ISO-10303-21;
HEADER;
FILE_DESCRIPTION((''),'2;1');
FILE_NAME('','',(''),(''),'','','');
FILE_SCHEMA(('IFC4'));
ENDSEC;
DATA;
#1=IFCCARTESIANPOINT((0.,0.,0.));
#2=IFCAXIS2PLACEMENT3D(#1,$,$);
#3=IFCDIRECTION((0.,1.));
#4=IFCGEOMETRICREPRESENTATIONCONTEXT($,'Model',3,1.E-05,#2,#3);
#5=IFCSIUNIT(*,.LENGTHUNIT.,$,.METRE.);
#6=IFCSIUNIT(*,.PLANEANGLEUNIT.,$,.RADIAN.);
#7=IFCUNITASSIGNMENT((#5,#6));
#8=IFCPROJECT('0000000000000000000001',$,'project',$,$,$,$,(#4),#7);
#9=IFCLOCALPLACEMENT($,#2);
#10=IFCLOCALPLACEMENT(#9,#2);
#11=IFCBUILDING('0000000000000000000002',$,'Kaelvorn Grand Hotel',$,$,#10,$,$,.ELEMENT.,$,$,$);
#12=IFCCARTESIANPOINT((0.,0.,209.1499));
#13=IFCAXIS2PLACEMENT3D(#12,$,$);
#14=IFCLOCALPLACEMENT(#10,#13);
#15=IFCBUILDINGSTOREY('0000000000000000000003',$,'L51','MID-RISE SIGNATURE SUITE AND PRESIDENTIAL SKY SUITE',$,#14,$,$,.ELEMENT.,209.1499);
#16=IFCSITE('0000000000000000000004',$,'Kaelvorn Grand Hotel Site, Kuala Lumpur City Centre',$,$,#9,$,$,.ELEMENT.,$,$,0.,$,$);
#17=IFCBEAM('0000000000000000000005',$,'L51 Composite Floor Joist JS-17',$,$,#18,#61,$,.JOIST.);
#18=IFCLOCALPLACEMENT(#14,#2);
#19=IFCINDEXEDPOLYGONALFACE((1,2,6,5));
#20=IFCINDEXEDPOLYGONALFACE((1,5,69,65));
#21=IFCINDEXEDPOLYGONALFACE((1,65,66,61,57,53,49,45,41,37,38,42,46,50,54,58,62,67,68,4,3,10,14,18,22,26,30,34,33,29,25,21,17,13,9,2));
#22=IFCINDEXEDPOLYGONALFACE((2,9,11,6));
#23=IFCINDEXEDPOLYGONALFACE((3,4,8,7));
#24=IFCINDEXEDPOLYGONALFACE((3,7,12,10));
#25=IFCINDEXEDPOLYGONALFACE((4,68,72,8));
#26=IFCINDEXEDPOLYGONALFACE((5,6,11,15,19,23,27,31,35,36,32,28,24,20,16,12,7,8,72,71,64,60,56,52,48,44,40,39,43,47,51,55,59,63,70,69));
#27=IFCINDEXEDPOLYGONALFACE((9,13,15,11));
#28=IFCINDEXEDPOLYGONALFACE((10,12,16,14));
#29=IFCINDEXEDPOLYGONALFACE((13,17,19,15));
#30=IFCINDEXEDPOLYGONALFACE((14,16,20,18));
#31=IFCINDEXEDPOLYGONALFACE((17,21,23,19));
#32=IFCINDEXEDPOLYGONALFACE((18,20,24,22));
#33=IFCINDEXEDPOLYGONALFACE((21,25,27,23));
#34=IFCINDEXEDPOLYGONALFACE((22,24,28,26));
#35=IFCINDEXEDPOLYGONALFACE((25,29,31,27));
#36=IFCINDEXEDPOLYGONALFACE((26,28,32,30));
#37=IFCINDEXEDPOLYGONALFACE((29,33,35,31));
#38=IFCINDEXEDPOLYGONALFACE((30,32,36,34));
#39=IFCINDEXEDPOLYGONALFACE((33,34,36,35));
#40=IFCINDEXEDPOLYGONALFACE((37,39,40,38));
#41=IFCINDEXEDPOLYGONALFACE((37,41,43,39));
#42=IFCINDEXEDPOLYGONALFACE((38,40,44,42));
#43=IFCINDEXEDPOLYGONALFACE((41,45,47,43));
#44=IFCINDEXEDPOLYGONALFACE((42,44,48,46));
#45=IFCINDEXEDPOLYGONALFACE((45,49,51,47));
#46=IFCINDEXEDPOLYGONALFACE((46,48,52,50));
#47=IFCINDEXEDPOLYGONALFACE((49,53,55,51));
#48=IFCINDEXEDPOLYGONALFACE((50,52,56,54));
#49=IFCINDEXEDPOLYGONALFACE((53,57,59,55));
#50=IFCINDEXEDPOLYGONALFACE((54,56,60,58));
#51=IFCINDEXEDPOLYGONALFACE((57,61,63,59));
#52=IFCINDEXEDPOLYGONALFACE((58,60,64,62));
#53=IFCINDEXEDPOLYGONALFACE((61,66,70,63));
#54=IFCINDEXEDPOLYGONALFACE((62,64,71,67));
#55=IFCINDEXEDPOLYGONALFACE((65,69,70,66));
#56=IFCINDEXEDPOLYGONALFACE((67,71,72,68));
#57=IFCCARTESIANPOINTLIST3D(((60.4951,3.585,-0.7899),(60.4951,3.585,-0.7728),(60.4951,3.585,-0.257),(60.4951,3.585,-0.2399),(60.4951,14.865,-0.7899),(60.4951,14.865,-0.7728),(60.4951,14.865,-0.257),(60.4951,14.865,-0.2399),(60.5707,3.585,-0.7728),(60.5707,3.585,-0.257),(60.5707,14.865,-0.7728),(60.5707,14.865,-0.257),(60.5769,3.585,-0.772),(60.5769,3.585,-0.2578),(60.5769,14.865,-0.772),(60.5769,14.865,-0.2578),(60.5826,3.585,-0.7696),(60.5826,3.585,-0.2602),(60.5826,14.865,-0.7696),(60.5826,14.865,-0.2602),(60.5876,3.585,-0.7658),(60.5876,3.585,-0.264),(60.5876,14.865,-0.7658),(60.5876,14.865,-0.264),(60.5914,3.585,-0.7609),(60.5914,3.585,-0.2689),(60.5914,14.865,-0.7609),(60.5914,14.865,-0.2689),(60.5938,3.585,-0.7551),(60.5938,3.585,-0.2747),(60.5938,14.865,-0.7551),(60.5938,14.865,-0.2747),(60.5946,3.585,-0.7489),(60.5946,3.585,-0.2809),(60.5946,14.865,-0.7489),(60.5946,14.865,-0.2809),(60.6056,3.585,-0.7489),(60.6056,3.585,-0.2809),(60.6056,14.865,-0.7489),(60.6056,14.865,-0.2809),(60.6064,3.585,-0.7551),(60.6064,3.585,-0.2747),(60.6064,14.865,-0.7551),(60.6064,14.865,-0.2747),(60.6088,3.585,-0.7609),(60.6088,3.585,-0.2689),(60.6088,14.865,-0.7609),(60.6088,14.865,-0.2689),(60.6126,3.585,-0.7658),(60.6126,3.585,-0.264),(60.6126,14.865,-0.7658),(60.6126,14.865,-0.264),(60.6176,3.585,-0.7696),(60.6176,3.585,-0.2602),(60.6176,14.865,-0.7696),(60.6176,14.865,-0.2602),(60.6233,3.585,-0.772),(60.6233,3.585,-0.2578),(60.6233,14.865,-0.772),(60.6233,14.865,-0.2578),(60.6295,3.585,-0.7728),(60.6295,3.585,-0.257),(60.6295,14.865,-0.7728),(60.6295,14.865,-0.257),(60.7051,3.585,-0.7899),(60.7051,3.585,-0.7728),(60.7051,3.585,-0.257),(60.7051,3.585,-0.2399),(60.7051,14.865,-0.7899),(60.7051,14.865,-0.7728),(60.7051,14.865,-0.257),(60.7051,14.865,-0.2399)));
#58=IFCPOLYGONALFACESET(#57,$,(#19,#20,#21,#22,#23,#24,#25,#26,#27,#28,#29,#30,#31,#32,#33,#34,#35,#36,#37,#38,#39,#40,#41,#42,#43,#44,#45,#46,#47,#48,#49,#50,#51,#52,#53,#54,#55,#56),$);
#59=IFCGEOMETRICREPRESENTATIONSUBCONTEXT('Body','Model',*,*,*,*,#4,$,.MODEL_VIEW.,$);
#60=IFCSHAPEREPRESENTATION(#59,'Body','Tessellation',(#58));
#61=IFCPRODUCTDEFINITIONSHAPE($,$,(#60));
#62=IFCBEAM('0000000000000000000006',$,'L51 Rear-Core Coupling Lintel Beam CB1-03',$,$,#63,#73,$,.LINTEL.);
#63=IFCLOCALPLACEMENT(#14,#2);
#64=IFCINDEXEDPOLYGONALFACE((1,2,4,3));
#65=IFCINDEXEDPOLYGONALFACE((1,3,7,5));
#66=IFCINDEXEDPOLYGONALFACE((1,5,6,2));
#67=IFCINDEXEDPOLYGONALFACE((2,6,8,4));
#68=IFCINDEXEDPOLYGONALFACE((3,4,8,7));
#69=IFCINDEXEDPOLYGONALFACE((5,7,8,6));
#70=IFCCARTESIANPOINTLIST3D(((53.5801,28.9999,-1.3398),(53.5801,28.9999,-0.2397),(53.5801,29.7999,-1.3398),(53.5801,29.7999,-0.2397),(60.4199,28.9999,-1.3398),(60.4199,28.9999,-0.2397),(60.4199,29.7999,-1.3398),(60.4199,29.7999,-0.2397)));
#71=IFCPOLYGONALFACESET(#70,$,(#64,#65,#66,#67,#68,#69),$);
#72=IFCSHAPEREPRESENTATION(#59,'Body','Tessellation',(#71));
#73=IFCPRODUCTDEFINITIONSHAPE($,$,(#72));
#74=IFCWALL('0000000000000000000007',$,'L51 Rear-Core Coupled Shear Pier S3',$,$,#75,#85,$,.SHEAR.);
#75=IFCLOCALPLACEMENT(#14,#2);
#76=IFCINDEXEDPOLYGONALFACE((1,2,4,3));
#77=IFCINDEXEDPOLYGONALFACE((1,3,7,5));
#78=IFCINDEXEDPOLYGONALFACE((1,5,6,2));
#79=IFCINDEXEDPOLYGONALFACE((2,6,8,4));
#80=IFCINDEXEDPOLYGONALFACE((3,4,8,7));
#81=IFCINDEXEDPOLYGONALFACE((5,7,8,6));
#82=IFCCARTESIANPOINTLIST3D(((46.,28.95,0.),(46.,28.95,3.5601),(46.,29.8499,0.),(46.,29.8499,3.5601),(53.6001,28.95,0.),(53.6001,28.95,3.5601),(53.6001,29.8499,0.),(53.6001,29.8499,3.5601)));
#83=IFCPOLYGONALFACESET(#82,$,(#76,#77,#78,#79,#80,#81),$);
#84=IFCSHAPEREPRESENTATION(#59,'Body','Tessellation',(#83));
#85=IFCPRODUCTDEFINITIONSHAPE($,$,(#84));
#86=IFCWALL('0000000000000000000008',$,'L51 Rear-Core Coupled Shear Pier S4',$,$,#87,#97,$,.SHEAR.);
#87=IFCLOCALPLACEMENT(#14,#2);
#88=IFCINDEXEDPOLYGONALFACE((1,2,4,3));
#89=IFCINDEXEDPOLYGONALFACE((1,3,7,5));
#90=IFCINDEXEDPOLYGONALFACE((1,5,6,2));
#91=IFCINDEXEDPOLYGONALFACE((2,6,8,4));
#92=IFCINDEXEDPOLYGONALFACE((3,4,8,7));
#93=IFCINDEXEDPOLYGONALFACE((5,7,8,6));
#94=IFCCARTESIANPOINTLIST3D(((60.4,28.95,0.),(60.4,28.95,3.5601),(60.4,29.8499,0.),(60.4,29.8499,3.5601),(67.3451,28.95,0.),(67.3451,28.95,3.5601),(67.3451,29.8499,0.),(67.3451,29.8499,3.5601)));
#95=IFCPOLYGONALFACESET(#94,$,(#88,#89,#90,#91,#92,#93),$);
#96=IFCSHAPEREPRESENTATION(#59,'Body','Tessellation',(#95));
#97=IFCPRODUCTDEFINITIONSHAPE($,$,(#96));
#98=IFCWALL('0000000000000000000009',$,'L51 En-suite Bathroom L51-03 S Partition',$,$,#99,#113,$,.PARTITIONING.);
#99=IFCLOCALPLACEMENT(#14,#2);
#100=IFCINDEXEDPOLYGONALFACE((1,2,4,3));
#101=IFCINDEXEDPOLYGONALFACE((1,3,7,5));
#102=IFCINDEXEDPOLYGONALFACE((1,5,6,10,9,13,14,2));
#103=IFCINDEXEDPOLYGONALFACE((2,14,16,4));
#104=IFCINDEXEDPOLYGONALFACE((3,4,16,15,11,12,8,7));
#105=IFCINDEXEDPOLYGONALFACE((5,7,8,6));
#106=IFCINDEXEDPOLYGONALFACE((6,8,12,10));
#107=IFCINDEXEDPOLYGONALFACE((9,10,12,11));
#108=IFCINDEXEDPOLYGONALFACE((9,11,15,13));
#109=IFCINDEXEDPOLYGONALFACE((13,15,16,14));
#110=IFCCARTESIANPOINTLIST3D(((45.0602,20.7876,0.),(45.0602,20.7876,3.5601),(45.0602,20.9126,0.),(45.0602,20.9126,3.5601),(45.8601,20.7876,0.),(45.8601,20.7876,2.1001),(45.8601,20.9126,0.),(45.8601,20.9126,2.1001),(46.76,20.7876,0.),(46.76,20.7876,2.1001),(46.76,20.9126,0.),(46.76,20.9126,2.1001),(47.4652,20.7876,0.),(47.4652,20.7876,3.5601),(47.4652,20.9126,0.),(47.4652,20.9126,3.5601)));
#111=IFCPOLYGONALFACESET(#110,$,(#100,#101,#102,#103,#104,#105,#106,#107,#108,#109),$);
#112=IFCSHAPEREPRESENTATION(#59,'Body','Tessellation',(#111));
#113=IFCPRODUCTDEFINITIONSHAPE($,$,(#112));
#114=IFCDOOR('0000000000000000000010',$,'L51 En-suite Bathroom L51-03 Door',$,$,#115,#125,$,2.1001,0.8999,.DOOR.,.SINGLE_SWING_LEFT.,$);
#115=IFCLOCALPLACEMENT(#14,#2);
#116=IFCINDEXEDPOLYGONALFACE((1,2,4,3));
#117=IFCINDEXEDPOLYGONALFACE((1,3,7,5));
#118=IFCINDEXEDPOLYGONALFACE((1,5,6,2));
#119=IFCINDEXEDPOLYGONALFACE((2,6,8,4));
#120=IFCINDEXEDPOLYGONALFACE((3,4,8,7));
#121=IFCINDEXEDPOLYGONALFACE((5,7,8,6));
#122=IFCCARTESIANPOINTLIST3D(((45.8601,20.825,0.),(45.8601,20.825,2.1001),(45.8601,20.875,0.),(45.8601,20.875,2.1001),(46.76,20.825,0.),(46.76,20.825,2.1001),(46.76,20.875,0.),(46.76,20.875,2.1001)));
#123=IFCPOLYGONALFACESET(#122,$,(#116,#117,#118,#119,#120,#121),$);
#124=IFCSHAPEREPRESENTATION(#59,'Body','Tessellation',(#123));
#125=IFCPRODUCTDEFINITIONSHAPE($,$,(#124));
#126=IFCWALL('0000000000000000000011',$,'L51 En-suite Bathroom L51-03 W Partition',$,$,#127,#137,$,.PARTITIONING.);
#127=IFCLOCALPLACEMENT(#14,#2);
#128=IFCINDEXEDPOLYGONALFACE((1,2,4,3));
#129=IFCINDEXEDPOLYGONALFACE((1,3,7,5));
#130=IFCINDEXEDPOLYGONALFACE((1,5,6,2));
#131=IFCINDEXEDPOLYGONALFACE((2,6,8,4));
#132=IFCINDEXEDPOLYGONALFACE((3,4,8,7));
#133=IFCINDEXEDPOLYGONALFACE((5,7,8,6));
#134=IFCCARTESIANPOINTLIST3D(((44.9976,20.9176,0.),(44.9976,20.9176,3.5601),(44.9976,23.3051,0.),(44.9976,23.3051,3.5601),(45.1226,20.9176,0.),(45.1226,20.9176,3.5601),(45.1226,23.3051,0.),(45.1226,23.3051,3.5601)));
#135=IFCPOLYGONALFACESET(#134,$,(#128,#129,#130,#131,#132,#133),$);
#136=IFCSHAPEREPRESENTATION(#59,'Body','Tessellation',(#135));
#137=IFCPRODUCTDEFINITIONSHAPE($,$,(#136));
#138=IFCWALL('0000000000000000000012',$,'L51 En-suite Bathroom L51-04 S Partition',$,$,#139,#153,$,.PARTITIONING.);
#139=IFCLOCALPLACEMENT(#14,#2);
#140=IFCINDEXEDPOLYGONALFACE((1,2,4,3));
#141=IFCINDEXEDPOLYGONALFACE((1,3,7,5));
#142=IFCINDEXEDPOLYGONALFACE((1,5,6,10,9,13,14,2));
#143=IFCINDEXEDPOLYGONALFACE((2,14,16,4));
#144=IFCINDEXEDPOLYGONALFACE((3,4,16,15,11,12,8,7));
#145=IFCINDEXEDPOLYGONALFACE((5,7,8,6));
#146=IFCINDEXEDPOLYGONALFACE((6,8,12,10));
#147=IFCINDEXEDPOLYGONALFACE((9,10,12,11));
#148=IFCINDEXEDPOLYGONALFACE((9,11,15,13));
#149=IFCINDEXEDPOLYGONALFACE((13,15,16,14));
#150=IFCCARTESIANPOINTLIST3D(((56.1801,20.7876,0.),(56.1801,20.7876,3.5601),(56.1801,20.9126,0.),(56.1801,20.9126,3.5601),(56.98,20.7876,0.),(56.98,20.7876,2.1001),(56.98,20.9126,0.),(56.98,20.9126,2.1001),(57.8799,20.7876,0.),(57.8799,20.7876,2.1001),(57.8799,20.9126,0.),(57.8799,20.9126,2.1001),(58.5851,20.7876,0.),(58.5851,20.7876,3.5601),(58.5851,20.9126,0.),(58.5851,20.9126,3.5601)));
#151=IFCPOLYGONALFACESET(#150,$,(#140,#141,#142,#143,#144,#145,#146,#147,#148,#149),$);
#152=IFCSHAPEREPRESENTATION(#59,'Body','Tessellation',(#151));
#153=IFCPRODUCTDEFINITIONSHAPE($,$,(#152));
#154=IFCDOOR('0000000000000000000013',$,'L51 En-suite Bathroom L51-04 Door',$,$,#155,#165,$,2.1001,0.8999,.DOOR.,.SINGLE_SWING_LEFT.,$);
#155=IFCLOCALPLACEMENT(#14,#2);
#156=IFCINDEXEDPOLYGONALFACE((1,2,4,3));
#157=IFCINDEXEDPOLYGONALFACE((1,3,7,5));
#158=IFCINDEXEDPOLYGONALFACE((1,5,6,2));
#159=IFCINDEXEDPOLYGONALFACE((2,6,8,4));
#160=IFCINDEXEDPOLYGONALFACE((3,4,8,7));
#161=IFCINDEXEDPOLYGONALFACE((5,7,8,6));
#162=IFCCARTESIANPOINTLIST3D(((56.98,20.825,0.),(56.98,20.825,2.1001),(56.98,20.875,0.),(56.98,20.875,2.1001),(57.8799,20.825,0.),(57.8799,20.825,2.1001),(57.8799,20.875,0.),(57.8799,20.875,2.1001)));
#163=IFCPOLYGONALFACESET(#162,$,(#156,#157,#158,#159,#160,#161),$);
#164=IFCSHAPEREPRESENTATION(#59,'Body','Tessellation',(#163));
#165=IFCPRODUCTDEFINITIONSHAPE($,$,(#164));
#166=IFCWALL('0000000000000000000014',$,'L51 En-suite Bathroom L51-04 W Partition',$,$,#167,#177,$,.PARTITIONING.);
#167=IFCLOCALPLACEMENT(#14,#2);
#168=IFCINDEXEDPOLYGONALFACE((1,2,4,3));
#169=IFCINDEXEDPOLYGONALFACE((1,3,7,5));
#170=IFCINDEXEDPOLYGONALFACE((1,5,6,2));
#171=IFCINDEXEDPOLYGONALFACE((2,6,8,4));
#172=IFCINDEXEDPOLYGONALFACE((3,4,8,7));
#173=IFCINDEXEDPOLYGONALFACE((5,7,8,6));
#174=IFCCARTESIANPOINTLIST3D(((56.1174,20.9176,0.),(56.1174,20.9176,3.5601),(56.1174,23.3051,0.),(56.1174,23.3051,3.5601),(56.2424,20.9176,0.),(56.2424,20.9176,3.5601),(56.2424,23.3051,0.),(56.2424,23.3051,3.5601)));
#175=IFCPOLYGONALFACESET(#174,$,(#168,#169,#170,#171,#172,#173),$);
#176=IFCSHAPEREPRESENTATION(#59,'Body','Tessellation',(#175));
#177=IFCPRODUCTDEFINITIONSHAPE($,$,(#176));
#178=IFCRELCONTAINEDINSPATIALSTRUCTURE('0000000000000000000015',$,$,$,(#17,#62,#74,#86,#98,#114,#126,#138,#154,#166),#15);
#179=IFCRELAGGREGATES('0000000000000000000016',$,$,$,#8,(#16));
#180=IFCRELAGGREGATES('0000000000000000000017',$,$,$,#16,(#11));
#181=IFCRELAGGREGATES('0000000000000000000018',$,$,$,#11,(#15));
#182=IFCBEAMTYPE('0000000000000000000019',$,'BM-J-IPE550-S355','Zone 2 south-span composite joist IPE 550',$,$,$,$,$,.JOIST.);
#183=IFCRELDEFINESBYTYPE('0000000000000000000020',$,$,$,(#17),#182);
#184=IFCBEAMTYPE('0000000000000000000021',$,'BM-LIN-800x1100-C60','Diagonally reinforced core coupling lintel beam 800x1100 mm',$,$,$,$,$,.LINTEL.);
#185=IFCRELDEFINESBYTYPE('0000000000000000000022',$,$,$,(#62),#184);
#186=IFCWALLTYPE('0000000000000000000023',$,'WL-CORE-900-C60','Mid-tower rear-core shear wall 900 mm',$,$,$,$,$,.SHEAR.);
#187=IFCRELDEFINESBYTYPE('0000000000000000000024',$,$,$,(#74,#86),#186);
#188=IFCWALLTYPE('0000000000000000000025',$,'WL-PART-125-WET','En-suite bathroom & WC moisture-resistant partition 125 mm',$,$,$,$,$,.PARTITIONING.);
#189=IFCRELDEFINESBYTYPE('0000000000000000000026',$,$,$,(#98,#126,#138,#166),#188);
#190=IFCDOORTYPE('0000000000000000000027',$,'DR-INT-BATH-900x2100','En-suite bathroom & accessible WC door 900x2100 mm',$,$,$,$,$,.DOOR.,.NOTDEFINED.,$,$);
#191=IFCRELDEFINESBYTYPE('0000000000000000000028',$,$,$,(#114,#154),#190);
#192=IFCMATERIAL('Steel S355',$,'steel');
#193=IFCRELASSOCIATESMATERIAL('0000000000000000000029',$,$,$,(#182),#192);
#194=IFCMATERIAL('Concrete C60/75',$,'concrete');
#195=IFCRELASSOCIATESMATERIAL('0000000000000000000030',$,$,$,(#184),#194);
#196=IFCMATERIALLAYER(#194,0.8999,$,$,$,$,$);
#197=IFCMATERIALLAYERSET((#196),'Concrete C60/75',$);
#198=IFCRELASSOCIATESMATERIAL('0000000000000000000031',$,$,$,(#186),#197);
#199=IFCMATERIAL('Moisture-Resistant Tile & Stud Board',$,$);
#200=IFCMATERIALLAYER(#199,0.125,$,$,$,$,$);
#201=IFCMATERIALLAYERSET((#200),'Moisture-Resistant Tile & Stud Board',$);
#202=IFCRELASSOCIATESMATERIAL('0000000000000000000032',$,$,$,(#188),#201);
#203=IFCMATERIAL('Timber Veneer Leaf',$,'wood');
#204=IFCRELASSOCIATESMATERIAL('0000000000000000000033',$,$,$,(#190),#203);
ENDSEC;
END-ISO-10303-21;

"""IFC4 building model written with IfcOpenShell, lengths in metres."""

from ifc_helpers import new_model, si_unit, direction, frame, frame_2d, origin, origin_2d, place, context, subcontext, project, spatial, rectangle, i_section, extrude, material, layer, layer_set, material_profile, profile_set, type_object, element, fill, save


model = new_model("IFC4")

# Units and contexts
model_context = context("Model", 3, precision=1e-05, world=origin(), true_north=direction((0.0, 1.0)))
body_context = subcontext(model_context, "Body", "Model", "MODEL_VIEW")
ifc_project = project(units=[si_unit("LENGTHUNIT", "METRE"), si_unit("PLANEANGLEUNIT", "RADIAN")], contexts=[model_context])

# Site, building, storey
site_placement = place(None, origin())
site = spatial("IfcSite", under=ifc_project, at=site_placement, Name="Kaelvorn Grand Hotel Site, Kuala Lumpur City Centre", CompositionType="ELEMENT", RefElevation=0.0)
building_placement = place(site_placement, origin())
building = spatial("IfcBuilding", under=site, at=building_placement, Name="Kaelvorn Grand Hotel", CompositionType="ELEMENT")
storey_placement = place(building_placement, frame((0.0, 0.0, 209.1499)))
storey = spatial("IfcBuildingStorey", under=building, at=storey_placement, Name="L51", Description="MID-RISE SIGNATURE SUITE AND PRESIDENTIAL SKY SUITE", CompositionType="ELEMENT", Elevation=209.1499)

# Shared definitions
ifc_material_1 = material(Name="Concrete C60/75", Category="concrete")

# Beams
ifc_material_2 = material(Name="Steel S355", Category="steel")
ifc_material_profile_1 = material_profile(ifc_material_2, i_section(OverallWidth=0.21, OverallDepth=0.55, WebThickness=0.011, FlangeThickness=0.0171, FilletRadius=0.0239, at=origin_2d()), Name="IPE 550")
ifc_profile_set_1 = profile_set([ifc_material_profile_1], Name="Steel S355")
beam_type_1 = type_object("IfcBeamType", Name="BM-J-IPE550-S355", Description="Zone 2 south-span composite joist IPE 550", PredefinedType="JOIST", material=ifc_profile_set_1)
beam_1_placement = place(storey_placement, frame((60.6001, 3.585, -0.5149), z_axis=(0.0, 1.0, 0.0), x_axis=(-1.0, 0.0, 0.0)))
element("IfcBeam", 1, at=beam_1_placement, inside=storey, type_object=beam_type_1, Name="L51 Composite Floor Joist JS-17", PredefinedType="JOIST", context=body_context, shape_type="SweptSolid", body=[
    extrude(i_section(OverallWidth=0.21, OverallDepth=0.55, WebThickness=0.011, FlangeThickness=0.0171, FilletRadius=0.0239, at=origin_2d()), origin(), (0.0, 0.0, 1.0), 11.28),
])
ifc_material_profile_2 = material_profile(ifc_material_1, rectangle(XDim=0.8, YDim=1.1001, at=origin_2d()), Name="RC LINTEL 800x1100")
ifc_profile_set_2 = profile_set([ifc_material_profile_2], Name="Concrete C60/75")
beam_type_2 = type_object("IfcBeamType", Name="BM-LIN-800x1100-C60", Description="Diagonally reinforced core coupling lintel beam 800x1100 mm", PredefinedType="LINTEL", material=ifc_profile_set_2)
beam_2_placement = place(storey_placement, frame((53.5801, 29.3999, -0.7898), z_axis=(1.0, 0.0, 0.0), x_axis=(0.0, 1.0, 0.0)))
element("IfcBeam", 2, at=beam_2_placement, inside=storey, type_object=beam_type_2, Name="L51 Rear-Core Coupling Lintel Beam CB1-03", PredefinedType="LINTEL", context=body_context, shape_type="SweptSolid", body=[
    extrude(rectangle(XDim=0.8, YDim=1.1001, at=origin_2d()), origin(), (0.0, 0.0, 1.0), 6.8398),
])

# Walls
ifc_layer_1 = layer(ifc_material_1, 0.8999)
ifc_layer_set_1 = layer_set([ifc_layer_1], Name="Concrete C60/75")
wall_type_1 = type_object("IfcWallType", Name="WL-CORE-900-C60", Description="Mid-tower rear-core shear wall 900 mm", PredefinedType="SHEAR", material=ifc_layer_set_1)
wall_1_placement = place(storey_placement, frame((46.0, 29.3999, 0.0), z_axis=(0.0, 0.0, 1.0), x_axis=(1.0, 0.0, 0.0)))
element("IfcWall", 3, at=wall_1_placement, inside=storey, type_object=wall_type_1, Name="L51 Rear-Core Coupled Shear Pier S3", PredefinedType="SHEAR", context=body_context, shape_type="SweptSolid", body=[
    extrude(rectangle(XDim=7.6001, YDim=0.8999, at=frame_2d((3.8, 0.0))), origin(), (0.0, 0.0, 1.0), 3.5601),
])
wall_2_placement = place(storey_placement, frame((60.3999, 29.3999, 0.0), z_axis=(0.0, 0.0, 1.0), x_axis=(1.0, 0.0, 0.0)))
element("IfcWall", 4, at=wall_2_placement, inside=storey, type_object=wall_type_1, Name="L51 Rear-Core Coupled Shear Pier S4", PredefinedType="SHEAR", context=body_context, shape_type="SweptSolid", body=[
    extrude(rectangle(XDim=6.9451, YDim=0.8999, at=frame_2d((3.4727, 0.0))), origin(), (0.0, 0.0, 1.0), 3.5601),
])

# Wall, opening, door
ifc_material_3 = material(Name="Moisture-Resistant Tile & Stud Board")
ifc_layer_2 = layer(ifc_material_3, 0.125)
ifc_layer_set_2 = layer_set([ifc_layer_2], Name="Moisture-Resistant Tile & Stud Board")
wall_type_2 = type_object("IfcWallType", Name="WL-PART-125-WET", Description="En-suite bathroom & WC moisture-resistant partition 125 mm", PredefinedType="PARTITIONING", material=ifc_layer_set_2)
wall_3_placement = place(storey_placement, frame((45.0601, 20.8501, 0.0), z_axis=(0.0, 0.0, 1.0), x_axis=(1.0, 0.0, 0.0)))
wall_3 = element("IfcWall", 5, at=wall_3_placement, inside=storey, type_object=wall_type_2, Name="L51 En-suite Bathroom L51-03 S Partition", PredefinedType="PARTITIONING", context=body_context, shape_type="SweptSolid", body=[
    extrude(rectangle(XDim=2.405, YDim=0.125, at=frame_2d((1.2026, 0.0))), origin(), (0.0, 0.0, 1.0), 3.5601),
])
opening_1_placement = place(wall_3_placement, frame((0.8, 0.0, 0.0)))
opening_1 = element("IfcOpeningElement", 6, at=opening_1_placement, cuts=wall_3, PredefinedType="OPENING", context=body_context, shape_type="SweptSolid", body=[
    extrude(rectangle(XDim=0.8999, YDim=2.1001, at=frame_2d((0.45, 1.05))), frame((0.0, 0.0725, 0.0), z_axis=(0.0, -1.0, 0.0), x_axis=(1.0, 0.0, 0.0)), (0.0, 0.0, 1.0), 0.145),
])
ifc_material_4 = material(Name="Timber Veneer Leaf", Category="wood")
door_type_1 = type_object("IfcDoorType", Name="DR-INT-BATH-900x2100", Description="En-suite bathroom & accessible WC door 900x2100 mm", OperationType="NOTDEFINED", PredefinedType="DOOR", material=ifc_material_4)
door_1_placement = place(opening_1_placement, origin())
door_1 = element("IfcDoor", 7, at=door_1_placement, inside=storey, type_object=door_type_1, Name="L51 En-suite Bathroom L51-03 Door", OperationType="SINGLE_SWING_LEFT", OverallHeight=2.1001, OverallWidth=0.8999, PredefinedType="DOOR", context=body_context, shape_type="SweptSolid", body=[
    extrude(rectangle(XDim=0.8999, YDim=2.1001, at=frame_2d((0.45, 1.05))), frame((0.0, 0.0249, 0.0), z_axis=(0.0, -1.0, 0.0), x_axis=(1.0, 0.0, 0.0)), (0.0, 0.0, 1.0), 0.05),
])
fill(opening_1, door_1)

# Wall
wall_4_placement = place(storey_placement, frame((45.0601, 20.9175, 0.0), z_axis=(0.0, 0.0, 1.0), x_axis=(0.0, 1.0, 0.0)))
element("IfcWall", 8, at=wall_4_placement, inside=storey, type_object=wall_type_2, Name="L51 En-suite Bathroom L51-03 W Partition", PredefinedType="PARTITIONING", context=body_context, shape_type="SweptSolid", body=[
    extrude(rectangle(XDim=2.3875, YDim=0.125, at=frame_2d((1.1938, 0.0))), origin(), (0.0, 0.0, 1.0), 3.5601),
])

# Wall, opening, door
wall_5_placement = place(storey_placement, frame((56.1799, 20.8501, 0.0), z_axis=(0.0, 0.0, 1.0), x_axis=(1.0, 0.0, 0.0)))
wall_5 = element("IfcWall", 9, at=wall_5_placement, inside=storey, type_object=wall_type_2, Name="L51 En-suite Bathroom L51-04 S Partition", PredefinedType="PARTITIONING", context=body_context, shape_type="SweptSolid", body=[
    extrude(rectangle(XDim=2.405, YDim=0.125, at=frame_2d((1.2026, 0.0))), origin(), (0.0, 0.0, 1.0), 3.5601),
])
opening_2_placement = place(wall_5_placement, frame((0.8, 0.0, 0.0)))
opening_2 = element("IfcOpeningElement", 10, at=opening_2_placement, cuts=wall_5, PredefinedType="OPENING", context=body_context, shape_type="SweptSolid", body=[
    extrude(rectangle(XDim=0.8999, YDim=2.1001, at=frame_2d((0.45, 1.05))), frame((0.0, 0.0725, 0.0), z_axis=(0.0, -1.0, 0.0), x_axis=(1.0, 0.0, 0.0)), (0.0, 0.0, 1.0), 0.145),
])
door_2_placement = place(opening_2_placement, origin())
door_2 = element("IfcDoor", 11, at=door_2_placement, inside=storey, type_object=door_type_1, Name="L51 En-suite Bathroom L51-04 Door", OperationType="SINGLE_SWING_LEFT", OverallHeight=2.1001, OverallWidth=0.8999, PredefinedType="DOOR", context=body_context, shape_type="SweptSolid", body=[
    extrude(rectangle(XDim=0.8999, YDim=2.1001, at=frame_2d((0.45, 1.05))), frame((0.0, 0.0249, 0.0), z_axis=(0.0, -1.0, 0.0), x_axis=(1.0, 0.0, 0.0)), (0.0, 0.0, 1.0), 0.05),
])
fill(opening_2, door_2)

# Wall
wall_6_placement = place(storey_placement, frame((56.1799, 20.9175, 0.0), z_axis=(0.0, 0.0, 1.0), x_axis=(0.0, 1.0, 0.0)))
element("IfcWall", 12, at=wall_6_placement, inside=storey, type_object=wall_type_2, Name="L51 En-suite Bathroom L51-04 W Partition", PredefinedType="PARTITIONING", context=body_context, shape_type="SweptSolid", body=[
    extrude(rectangle(XDim=2.3875, YDim=0.125, at=frame_2d((1.1938, 0.0))), origin(), (0.0, 0.0, 1.0), 3.5601),
])

save(model, "model.ifc")
